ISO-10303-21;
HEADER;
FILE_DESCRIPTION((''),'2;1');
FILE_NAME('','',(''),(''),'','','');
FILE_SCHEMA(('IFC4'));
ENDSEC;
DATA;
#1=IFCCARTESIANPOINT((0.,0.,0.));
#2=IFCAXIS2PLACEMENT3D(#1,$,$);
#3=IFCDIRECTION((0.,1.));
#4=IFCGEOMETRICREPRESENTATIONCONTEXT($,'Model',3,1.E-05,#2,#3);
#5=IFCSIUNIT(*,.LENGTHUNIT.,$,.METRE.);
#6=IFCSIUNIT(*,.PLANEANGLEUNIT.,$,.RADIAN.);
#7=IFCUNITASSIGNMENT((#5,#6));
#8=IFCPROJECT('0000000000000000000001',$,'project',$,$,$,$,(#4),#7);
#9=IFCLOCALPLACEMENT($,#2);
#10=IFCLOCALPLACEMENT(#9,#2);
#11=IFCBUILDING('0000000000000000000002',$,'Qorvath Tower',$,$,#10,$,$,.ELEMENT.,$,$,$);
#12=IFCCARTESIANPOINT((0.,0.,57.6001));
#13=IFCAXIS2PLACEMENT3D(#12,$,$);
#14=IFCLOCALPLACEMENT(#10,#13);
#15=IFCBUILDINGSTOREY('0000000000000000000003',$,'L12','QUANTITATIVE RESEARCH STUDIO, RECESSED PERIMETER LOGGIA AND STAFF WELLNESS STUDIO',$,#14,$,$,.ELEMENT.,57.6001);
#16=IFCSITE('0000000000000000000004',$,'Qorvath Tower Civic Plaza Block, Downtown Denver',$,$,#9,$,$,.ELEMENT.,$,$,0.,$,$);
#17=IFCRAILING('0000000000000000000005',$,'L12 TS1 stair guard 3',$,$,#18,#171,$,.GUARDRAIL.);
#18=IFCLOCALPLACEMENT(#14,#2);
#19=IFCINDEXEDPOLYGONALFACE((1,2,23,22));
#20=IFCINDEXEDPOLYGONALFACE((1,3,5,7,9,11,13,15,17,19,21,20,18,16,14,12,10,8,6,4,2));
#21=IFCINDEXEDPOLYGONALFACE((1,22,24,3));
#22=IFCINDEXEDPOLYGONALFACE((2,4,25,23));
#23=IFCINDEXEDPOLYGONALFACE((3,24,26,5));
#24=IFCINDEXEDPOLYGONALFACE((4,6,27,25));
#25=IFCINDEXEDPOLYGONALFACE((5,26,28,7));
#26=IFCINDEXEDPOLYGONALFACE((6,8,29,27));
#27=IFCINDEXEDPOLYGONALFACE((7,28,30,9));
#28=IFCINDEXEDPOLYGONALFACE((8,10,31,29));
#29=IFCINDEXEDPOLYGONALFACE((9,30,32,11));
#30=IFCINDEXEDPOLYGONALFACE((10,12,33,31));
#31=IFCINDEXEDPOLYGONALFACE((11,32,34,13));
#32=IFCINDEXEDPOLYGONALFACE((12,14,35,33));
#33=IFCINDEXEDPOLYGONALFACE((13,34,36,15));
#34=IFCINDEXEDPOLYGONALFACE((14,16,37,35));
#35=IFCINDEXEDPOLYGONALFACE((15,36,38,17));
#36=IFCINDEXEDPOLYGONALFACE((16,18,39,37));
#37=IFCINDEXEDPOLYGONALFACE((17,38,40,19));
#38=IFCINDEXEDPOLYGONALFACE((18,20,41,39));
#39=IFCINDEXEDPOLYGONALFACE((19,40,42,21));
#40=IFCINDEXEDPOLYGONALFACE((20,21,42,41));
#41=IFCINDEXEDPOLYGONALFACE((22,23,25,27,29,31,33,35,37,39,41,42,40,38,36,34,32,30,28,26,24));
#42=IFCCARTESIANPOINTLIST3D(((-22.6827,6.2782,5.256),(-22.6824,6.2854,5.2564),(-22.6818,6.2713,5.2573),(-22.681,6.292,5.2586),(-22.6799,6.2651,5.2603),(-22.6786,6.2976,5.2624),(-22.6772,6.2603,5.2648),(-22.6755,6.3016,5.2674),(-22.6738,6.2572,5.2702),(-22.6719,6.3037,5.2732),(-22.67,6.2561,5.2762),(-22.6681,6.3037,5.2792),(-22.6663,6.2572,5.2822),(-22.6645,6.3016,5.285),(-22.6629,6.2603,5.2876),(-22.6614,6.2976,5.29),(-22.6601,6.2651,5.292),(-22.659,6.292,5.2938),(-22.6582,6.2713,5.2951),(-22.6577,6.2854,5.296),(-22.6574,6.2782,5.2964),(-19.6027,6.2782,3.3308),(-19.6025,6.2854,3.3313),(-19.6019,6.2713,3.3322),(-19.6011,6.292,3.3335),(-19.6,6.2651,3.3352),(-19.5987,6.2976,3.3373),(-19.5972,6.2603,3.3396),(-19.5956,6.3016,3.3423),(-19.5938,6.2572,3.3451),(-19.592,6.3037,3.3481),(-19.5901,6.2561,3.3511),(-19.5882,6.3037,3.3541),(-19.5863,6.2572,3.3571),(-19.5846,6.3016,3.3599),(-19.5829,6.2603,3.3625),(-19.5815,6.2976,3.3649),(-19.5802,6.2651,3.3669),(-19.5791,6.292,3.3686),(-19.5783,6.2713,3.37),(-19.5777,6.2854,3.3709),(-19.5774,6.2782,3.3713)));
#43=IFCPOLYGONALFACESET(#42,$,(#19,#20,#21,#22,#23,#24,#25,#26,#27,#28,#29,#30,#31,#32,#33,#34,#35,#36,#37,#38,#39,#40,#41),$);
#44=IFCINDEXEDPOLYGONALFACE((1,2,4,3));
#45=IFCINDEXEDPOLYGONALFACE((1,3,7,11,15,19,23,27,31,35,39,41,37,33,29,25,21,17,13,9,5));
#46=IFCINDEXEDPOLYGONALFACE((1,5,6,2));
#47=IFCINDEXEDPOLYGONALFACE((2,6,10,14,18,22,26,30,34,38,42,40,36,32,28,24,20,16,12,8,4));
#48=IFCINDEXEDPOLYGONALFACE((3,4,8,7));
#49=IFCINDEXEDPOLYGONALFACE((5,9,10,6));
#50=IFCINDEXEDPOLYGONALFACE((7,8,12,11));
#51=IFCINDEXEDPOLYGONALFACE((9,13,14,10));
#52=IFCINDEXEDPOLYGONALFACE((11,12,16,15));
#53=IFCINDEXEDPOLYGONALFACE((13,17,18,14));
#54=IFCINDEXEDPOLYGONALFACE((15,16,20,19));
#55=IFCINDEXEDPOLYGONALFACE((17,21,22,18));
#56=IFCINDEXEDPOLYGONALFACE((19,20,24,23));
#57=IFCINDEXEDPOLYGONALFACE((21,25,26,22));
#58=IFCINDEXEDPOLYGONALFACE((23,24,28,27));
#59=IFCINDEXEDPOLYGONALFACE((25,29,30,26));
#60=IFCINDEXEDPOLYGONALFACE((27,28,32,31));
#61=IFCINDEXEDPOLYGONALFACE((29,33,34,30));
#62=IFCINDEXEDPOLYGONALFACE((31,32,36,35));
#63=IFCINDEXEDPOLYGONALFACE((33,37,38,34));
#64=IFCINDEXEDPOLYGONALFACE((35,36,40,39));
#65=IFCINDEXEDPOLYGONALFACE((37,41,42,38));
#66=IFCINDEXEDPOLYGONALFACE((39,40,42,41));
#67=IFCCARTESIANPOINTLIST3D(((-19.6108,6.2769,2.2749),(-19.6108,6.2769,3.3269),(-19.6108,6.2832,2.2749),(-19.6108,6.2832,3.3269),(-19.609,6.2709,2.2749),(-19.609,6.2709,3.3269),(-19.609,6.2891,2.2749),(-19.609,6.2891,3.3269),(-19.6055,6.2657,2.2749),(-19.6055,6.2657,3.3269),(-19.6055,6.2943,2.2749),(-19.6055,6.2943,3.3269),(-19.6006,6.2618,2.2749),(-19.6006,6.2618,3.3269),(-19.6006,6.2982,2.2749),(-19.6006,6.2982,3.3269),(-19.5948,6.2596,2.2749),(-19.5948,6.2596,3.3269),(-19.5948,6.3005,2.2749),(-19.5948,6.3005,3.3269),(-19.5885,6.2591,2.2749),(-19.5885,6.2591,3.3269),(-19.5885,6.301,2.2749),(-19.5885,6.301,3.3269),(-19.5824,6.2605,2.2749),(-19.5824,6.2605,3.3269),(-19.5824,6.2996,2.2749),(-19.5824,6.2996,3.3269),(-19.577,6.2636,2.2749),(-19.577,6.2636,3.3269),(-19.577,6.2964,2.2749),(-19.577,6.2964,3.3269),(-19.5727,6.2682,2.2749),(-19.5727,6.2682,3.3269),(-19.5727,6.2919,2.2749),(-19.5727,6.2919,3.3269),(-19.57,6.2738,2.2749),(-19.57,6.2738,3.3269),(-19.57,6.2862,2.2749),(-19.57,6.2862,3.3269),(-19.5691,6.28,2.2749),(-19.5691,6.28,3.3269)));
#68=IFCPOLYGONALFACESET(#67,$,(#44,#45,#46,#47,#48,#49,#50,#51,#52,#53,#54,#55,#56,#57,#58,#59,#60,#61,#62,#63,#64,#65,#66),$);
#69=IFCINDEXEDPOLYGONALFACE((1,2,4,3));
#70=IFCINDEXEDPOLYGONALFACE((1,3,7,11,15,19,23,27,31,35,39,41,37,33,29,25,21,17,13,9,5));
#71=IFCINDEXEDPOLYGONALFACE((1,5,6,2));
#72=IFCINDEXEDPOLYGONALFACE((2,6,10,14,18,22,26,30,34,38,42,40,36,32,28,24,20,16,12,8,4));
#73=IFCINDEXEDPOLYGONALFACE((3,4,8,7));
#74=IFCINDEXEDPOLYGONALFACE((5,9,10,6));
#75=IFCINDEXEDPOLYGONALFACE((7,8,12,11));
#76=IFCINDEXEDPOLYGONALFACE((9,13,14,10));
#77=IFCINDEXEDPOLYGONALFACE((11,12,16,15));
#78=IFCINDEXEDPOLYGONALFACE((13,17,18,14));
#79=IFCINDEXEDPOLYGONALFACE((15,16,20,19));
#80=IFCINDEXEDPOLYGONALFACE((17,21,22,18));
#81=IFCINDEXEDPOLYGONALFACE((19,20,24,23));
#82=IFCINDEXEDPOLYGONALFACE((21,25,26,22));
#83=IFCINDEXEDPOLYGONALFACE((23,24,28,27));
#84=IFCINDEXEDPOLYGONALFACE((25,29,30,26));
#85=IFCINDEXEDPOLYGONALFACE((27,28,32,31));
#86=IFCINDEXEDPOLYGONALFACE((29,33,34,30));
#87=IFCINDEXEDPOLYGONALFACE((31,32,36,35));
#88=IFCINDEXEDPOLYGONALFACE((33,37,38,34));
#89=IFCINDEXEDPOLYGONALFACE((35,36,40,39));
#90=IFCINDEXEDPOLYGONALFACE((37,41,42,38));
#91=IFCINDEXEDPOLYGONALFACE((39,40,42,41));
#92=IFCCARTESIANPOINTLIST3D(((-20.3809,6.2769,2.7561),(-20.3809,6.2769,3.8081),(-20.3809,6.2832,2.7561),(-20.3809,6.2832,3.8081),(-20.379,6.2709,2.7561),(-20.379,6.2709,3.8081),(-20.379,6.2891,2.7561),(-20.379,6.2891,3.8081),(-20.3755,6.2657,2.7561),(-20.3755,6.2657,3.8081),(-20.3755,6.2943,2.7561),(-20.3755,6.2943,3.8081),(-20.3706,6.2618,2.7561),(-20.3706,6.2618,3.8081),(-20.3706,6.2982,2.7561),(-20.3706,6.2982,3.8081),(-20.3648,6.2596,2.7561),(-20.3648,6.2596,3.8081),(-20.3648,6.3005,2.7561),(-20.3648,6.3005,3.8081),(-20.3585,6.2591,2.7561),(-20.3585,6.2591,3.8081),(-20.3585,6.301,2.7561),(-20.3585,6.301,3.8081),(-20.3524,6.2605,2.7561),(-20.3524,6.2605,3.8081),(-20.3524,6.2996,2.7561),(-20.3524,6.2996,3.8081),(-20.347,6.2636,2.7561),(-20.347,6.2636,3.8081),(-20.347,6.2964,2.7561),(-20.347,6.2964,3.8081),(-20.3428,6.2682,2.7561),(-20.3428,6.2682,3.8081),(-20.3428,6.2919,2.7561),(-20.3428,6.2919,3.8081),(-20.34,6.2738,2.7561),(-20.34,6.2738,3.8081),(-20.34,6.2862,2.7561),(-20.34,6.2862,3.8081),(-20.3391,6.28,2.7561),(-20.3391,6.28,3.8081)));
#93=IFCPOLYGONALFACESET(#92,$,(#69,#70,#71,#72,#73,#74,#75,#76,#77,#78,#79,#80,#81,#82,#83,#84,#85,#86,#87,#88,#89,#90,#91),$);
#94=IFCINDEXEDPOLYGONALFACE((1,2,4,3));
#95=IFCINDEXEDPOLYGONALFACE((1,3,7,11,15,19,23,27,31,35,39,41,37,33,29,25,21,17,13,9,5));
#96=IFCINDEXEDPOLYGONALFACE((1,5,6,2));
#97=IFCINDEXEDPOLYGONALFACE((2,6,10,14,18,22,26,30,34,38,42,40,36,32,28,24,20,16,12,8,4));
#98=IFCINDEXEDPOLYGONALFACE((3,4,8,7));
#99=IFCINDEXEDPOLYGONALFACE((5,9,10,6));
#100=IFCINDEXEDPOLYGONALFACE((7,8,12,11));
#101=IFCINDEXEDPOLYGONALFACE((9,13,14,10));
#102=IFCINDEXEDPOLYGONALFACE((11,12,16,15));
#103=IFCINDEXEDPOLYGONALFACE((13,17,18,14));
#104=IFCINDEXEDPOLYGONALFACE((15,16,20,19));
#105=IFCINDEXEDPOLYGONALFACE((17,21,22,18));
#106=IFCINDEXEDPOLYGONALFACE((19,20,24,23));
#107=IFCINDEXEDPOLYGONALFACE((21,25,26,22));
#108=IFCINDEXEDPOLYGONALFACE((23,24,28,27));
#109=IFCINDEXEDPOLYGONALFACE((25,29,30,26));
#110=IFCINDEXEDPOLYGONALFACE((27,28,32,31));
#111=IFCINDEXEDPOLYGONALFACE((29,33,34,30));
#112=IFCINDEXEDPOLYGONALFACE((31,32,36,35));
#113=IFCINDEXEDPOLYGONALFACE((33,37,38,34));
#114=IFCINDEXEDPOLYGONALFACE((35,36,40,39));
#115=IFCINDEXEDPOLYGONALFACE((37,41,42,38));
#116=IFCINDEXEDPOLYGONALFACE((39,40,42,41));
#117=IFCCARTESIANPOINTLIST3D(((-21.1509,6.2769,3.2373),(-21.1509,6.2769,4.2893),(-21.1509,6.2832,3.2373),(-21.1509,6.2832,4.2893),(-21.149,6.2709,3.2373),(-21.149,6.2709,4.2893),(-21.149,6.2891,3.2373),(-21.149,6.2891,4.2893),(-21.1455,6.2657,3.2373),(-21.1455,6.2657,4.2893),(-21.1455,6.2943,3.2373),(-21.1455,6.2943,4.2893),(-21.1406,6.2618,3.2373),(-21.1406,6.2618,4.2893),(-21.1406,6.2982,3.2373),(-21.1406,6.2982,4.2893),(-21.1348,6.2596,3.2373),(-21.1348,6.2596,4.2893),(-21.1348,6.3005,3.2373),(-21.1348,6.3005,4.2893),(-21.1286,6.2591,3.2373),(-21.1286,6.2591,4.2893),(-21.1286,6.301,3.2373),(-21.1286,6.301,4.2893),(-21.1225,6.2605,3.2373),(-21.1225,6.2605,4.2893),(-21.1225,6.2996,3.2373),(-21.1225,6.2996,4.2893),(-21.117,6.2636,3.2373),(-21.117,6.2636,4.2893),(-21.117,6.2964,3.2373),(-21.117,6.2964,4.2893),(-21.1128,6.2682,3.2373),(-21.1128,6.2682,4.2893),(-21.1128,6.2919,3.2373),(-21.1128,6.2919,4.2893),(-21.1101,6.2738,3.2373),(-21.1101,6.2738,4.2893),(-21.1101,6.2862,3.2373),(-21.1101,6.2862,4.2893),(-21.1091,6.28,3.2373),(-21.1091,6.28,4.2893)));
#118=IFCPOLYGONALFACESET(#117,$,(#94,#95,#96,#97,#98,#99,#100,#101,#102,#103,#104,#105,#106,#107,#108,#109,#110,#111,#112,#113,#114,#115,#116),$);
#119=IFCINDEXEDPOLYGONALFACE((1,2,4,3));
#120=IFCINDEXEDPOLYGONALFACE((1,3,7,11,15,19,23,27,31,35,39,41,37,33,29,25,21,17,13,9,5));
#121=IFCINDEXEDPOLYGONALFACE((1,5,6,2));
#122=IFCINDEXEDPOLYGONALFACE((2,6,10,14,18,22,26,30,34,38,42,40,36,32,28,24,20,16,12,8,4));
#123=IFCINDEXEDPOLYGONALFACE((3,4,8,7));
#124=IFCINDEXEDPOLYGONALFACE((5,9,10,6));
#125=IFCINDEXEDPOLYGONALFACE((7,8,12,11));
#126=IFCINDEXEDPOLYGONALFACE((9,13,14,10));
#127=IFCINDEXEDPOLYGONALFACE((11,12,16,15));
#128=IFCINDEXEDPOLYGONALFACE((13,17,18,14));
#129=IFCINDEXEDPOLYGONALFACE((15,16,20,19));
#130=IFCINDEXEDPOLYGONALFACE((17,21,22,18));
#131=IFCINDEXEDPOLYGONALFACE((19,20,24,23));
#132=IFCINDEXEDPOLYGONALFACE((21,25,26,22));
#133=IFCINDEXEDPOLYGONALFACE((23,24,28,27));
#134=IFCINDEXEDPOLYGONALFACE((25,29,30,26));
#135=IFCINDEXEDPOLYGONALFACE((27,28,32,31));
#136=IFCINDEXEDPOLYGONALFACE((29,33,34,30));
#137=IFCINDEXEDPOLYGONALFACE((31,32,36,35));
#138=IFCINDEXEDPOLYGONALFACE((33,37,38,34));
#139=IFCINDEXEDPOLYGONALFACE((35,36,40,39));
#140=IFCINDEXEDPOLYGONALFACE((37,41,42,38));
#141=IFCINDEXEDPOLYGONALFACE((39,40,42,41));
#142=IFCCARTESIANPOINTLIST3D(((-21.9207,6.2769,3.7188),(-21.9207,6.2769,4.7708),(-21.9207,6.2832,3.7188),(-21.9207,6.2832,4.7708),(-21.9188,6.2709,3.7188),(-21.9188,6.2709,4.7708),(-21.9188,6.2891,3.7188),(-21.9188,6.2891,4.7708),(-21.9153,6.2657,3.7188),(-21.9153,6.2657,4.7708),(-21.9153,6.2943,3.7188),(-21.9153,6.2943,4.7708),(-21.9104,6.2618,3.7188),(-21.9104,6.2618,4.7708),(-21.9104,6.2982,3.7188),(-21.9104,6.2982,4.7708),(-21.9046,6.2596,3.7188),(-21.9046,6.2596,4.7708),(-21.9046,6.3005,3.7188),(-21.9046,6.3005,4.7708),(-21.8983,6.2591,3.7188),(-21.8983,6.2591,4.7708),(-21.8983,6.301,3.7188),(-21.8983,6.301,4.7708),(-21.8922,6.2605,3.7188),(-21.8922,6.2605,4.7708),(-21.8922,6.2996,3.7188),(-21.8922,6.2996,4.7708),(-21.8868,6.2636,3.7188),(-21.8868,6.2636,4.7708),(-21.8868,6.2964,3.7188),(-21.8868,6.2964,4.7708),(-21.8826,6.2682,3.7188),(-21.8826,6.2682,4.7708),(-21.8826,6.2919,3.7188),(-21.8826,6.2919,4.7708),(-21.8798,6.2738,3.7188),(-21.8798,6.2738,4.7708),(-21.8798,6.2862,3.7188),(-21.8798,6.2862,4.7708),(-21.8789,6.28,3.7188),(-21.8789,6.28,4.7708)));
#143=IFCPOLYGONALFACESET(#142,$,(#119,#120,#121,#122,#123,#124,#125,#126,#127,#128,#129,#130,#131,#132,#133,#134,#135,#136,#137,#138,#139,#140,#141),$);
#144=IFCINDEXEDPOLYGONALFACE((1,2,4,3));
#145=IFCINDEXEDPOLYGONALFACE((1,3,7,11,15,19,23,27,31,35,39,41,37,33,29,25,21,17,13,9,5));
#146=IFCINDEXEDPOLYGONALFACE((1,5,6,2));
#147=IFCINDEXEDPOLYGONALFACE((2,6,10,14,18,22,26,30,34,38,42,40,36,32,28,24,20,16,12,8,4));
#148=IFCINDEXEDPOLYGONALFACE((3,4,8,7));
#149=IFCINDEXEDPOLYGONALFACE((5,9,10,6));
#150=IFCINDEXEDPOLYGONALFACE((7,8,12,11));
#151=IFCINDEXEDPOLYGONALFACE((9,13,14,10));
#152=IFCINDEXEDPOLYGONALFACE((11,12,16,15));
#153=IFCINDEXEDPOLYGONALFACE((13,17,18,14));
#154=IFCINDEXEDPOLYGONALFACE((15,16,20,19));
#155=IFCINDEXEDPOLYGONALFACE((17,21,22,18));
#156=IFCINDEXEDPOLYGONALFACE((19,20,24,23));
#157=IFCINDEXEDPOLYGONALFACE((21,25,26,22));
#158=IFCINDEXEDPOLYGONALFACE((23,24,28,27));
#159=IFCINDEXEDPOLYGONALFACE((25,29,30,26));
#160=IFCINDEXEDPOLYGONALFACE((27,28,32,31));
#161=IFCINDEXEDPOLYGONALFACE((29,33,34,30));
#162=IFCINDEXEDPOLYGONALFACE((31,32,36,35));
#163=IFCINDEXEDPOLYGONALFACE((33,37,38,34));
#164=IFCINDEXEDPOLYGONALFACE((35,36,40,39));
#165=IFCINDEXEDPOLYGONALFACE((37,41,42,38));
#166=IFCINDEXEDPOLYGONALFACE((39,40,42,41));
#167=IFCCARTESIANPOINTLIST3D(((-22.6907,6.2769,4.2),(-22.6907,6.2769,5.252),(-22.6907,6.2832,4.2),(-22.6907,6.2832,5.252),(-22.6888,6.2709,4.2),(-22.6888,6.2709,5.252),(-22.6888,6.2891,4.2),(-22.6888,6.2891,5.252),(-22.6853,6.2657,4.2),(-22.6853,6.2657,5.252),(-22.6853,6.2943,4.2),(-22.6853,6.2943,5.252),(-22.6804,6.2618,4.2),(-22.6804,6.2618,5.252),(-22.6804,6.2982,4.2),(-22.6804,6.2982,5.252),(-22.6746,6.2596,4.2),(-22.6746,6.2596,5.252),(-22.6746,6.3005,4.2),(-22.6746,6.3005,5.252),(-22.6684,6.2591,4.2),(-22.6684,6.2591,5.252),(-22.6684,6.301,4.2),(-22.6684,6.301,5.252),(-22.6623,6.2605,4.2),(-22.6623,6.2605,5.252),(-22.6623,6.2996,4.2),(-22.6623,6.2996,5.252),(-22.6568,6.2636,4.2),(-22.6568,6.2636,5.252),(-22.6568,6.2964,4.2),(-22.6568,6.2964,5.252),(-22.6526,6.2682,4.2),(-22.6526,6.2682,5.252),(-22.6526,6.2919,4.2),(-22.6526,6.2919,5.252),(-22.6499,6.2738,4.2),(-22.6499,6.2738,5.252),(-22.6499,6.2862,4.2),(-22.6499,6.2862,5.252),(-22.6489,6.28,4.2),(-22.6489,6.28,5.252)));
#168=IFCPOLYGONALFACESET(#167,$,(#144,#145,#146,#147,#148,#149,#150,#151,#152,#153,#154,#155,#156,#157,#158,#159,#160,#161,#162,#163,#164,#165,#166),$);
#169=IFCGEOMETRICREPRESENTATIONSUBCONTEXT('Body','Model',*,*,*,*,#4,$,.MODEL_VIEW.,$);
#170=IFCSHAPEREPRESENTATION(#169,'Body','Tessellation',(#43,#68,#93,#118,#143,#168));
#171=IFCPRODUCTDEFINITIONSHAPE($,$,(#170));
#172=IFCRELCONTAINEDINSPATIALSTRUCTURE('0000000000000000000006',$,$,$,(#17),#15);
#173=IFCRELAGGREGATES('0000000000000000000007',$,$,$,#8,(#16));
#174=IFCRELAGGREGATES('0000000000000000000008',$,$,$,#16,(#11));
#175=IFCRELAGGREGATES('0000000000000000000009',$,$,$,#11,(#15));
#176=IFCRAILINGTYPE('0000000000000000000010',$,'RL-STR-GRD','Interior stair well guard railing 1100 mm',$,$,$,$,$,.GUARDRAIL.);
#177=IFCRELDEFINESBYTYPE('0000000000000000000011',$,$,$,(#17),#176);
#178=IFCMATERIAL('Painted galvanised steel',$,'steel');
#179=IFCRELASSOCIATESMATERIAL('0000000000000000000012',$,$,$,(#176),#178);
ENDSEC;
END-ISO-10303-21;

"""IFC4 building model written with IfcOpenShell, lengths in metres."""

from ifc_helpers import new_model, si_unit, direction, frame, origin, origin_2d, place, context, subcontext, project, spatial, circle, extrude, material, type_object, element, save


model = new_model("IFC4")

# Units and contexts
model_context = context("Model", 3, precision=1e-05, world=origin(), true_north=direction((0.0, 1.0)))
body_context = subcontext(model_context, "Body", "Model", "MODEL_VIEW")
ifc_project = project(units=[si_unit("LENGTHUNIT", "METRE"), si_unit("PLANEANGLEUNIT", "RADIAN")], contexts=[model_context])

# Site, building, storey
site_placement = place(None, origin())
site = spatial("IfcSite", under=ifc_project, at=site_placement, Name="Qorvath Tower Civic Plaza Block, Downtown Denver", CompositionType="ELEMENT", RefElevation=0.0)
building_placement = place(site_placement, origin())
building = spatial("IfcBuilding", under=site, at=building_placement, Name="Qorvath Tower", CompositionType="ELEMENT")
storey_placement = place(building_placement, frame((0.0, 0.0, 57.6001)))
storey = spatial("IfcBuildingStorey", under=building, at=storey_placement, Name="L12", Description="QUANTITATIVE RESEARCH STUDIO, RECESSED PERIMETER LOGGIA AND STAFF WELLNESS STUDIO", CompositionType="ELEMENT", Elevation=57.6001)

# Railing
ifc_material_1 = material(Name="Painted galvanised steel", Category="steel")
railing_type_1 = type_object("IfcRailingType", Name="RL-STR-GRD", Description="Interior stair well guard railing 1100 mm", PredefinedType="GUARDRAIL", material=ifc_material_1)
railing_1_placement = place(storey_placement, frame((-19.5901, 6.28, 2.2749)))
element("IfcRailing", 1, at=railing_1_placement, inside=storey, type_object=railing_type_1, Name="L12 TS1 stair guard 3", PredefinedType="GUARDRAIL", context=body_context, shape_type="SweptSolid", body=[
    extrude(circle(Radius=0.0239, at=origin_2d()), frame((0.0, 0.0, 1.0762), z_axis=(-0.847979, 0.0, 0.530029), x_axis=(0.0, -1.0, 0.0)), (0.0, 0.0, 1.0), 3.6321),
    extrude(circle(Radius=0.021, at=origin_2d()), origin(), (0.0, 0.0, 1.0), 1.052),
    extrude(circle(Radius=0.021, at=origin_2d()), frame((-0.77, 0.0, 0.4812)), (0.0, 0.0, 1.0), 1.052),
    extrude(circle(Radius=0.021, at=origin_2d()), frame((-1.54, 0.0, 0.9624)), (0.0, 0.0, 1.0), 1.052),
    extrude(circle(Radius=0.021, at=origin_2d()), frame((-2.3098, 0.0, 1.4438)), (0.0, 0.0, 1.0), 1.052),
    extrude(circle(Radius=0.021, at=origin_2d()), frame((-3.0798, 0.0, 1.925)), (0.0, 0.0, 1.0), 1.052),
])

save(model, "model.ifc")
